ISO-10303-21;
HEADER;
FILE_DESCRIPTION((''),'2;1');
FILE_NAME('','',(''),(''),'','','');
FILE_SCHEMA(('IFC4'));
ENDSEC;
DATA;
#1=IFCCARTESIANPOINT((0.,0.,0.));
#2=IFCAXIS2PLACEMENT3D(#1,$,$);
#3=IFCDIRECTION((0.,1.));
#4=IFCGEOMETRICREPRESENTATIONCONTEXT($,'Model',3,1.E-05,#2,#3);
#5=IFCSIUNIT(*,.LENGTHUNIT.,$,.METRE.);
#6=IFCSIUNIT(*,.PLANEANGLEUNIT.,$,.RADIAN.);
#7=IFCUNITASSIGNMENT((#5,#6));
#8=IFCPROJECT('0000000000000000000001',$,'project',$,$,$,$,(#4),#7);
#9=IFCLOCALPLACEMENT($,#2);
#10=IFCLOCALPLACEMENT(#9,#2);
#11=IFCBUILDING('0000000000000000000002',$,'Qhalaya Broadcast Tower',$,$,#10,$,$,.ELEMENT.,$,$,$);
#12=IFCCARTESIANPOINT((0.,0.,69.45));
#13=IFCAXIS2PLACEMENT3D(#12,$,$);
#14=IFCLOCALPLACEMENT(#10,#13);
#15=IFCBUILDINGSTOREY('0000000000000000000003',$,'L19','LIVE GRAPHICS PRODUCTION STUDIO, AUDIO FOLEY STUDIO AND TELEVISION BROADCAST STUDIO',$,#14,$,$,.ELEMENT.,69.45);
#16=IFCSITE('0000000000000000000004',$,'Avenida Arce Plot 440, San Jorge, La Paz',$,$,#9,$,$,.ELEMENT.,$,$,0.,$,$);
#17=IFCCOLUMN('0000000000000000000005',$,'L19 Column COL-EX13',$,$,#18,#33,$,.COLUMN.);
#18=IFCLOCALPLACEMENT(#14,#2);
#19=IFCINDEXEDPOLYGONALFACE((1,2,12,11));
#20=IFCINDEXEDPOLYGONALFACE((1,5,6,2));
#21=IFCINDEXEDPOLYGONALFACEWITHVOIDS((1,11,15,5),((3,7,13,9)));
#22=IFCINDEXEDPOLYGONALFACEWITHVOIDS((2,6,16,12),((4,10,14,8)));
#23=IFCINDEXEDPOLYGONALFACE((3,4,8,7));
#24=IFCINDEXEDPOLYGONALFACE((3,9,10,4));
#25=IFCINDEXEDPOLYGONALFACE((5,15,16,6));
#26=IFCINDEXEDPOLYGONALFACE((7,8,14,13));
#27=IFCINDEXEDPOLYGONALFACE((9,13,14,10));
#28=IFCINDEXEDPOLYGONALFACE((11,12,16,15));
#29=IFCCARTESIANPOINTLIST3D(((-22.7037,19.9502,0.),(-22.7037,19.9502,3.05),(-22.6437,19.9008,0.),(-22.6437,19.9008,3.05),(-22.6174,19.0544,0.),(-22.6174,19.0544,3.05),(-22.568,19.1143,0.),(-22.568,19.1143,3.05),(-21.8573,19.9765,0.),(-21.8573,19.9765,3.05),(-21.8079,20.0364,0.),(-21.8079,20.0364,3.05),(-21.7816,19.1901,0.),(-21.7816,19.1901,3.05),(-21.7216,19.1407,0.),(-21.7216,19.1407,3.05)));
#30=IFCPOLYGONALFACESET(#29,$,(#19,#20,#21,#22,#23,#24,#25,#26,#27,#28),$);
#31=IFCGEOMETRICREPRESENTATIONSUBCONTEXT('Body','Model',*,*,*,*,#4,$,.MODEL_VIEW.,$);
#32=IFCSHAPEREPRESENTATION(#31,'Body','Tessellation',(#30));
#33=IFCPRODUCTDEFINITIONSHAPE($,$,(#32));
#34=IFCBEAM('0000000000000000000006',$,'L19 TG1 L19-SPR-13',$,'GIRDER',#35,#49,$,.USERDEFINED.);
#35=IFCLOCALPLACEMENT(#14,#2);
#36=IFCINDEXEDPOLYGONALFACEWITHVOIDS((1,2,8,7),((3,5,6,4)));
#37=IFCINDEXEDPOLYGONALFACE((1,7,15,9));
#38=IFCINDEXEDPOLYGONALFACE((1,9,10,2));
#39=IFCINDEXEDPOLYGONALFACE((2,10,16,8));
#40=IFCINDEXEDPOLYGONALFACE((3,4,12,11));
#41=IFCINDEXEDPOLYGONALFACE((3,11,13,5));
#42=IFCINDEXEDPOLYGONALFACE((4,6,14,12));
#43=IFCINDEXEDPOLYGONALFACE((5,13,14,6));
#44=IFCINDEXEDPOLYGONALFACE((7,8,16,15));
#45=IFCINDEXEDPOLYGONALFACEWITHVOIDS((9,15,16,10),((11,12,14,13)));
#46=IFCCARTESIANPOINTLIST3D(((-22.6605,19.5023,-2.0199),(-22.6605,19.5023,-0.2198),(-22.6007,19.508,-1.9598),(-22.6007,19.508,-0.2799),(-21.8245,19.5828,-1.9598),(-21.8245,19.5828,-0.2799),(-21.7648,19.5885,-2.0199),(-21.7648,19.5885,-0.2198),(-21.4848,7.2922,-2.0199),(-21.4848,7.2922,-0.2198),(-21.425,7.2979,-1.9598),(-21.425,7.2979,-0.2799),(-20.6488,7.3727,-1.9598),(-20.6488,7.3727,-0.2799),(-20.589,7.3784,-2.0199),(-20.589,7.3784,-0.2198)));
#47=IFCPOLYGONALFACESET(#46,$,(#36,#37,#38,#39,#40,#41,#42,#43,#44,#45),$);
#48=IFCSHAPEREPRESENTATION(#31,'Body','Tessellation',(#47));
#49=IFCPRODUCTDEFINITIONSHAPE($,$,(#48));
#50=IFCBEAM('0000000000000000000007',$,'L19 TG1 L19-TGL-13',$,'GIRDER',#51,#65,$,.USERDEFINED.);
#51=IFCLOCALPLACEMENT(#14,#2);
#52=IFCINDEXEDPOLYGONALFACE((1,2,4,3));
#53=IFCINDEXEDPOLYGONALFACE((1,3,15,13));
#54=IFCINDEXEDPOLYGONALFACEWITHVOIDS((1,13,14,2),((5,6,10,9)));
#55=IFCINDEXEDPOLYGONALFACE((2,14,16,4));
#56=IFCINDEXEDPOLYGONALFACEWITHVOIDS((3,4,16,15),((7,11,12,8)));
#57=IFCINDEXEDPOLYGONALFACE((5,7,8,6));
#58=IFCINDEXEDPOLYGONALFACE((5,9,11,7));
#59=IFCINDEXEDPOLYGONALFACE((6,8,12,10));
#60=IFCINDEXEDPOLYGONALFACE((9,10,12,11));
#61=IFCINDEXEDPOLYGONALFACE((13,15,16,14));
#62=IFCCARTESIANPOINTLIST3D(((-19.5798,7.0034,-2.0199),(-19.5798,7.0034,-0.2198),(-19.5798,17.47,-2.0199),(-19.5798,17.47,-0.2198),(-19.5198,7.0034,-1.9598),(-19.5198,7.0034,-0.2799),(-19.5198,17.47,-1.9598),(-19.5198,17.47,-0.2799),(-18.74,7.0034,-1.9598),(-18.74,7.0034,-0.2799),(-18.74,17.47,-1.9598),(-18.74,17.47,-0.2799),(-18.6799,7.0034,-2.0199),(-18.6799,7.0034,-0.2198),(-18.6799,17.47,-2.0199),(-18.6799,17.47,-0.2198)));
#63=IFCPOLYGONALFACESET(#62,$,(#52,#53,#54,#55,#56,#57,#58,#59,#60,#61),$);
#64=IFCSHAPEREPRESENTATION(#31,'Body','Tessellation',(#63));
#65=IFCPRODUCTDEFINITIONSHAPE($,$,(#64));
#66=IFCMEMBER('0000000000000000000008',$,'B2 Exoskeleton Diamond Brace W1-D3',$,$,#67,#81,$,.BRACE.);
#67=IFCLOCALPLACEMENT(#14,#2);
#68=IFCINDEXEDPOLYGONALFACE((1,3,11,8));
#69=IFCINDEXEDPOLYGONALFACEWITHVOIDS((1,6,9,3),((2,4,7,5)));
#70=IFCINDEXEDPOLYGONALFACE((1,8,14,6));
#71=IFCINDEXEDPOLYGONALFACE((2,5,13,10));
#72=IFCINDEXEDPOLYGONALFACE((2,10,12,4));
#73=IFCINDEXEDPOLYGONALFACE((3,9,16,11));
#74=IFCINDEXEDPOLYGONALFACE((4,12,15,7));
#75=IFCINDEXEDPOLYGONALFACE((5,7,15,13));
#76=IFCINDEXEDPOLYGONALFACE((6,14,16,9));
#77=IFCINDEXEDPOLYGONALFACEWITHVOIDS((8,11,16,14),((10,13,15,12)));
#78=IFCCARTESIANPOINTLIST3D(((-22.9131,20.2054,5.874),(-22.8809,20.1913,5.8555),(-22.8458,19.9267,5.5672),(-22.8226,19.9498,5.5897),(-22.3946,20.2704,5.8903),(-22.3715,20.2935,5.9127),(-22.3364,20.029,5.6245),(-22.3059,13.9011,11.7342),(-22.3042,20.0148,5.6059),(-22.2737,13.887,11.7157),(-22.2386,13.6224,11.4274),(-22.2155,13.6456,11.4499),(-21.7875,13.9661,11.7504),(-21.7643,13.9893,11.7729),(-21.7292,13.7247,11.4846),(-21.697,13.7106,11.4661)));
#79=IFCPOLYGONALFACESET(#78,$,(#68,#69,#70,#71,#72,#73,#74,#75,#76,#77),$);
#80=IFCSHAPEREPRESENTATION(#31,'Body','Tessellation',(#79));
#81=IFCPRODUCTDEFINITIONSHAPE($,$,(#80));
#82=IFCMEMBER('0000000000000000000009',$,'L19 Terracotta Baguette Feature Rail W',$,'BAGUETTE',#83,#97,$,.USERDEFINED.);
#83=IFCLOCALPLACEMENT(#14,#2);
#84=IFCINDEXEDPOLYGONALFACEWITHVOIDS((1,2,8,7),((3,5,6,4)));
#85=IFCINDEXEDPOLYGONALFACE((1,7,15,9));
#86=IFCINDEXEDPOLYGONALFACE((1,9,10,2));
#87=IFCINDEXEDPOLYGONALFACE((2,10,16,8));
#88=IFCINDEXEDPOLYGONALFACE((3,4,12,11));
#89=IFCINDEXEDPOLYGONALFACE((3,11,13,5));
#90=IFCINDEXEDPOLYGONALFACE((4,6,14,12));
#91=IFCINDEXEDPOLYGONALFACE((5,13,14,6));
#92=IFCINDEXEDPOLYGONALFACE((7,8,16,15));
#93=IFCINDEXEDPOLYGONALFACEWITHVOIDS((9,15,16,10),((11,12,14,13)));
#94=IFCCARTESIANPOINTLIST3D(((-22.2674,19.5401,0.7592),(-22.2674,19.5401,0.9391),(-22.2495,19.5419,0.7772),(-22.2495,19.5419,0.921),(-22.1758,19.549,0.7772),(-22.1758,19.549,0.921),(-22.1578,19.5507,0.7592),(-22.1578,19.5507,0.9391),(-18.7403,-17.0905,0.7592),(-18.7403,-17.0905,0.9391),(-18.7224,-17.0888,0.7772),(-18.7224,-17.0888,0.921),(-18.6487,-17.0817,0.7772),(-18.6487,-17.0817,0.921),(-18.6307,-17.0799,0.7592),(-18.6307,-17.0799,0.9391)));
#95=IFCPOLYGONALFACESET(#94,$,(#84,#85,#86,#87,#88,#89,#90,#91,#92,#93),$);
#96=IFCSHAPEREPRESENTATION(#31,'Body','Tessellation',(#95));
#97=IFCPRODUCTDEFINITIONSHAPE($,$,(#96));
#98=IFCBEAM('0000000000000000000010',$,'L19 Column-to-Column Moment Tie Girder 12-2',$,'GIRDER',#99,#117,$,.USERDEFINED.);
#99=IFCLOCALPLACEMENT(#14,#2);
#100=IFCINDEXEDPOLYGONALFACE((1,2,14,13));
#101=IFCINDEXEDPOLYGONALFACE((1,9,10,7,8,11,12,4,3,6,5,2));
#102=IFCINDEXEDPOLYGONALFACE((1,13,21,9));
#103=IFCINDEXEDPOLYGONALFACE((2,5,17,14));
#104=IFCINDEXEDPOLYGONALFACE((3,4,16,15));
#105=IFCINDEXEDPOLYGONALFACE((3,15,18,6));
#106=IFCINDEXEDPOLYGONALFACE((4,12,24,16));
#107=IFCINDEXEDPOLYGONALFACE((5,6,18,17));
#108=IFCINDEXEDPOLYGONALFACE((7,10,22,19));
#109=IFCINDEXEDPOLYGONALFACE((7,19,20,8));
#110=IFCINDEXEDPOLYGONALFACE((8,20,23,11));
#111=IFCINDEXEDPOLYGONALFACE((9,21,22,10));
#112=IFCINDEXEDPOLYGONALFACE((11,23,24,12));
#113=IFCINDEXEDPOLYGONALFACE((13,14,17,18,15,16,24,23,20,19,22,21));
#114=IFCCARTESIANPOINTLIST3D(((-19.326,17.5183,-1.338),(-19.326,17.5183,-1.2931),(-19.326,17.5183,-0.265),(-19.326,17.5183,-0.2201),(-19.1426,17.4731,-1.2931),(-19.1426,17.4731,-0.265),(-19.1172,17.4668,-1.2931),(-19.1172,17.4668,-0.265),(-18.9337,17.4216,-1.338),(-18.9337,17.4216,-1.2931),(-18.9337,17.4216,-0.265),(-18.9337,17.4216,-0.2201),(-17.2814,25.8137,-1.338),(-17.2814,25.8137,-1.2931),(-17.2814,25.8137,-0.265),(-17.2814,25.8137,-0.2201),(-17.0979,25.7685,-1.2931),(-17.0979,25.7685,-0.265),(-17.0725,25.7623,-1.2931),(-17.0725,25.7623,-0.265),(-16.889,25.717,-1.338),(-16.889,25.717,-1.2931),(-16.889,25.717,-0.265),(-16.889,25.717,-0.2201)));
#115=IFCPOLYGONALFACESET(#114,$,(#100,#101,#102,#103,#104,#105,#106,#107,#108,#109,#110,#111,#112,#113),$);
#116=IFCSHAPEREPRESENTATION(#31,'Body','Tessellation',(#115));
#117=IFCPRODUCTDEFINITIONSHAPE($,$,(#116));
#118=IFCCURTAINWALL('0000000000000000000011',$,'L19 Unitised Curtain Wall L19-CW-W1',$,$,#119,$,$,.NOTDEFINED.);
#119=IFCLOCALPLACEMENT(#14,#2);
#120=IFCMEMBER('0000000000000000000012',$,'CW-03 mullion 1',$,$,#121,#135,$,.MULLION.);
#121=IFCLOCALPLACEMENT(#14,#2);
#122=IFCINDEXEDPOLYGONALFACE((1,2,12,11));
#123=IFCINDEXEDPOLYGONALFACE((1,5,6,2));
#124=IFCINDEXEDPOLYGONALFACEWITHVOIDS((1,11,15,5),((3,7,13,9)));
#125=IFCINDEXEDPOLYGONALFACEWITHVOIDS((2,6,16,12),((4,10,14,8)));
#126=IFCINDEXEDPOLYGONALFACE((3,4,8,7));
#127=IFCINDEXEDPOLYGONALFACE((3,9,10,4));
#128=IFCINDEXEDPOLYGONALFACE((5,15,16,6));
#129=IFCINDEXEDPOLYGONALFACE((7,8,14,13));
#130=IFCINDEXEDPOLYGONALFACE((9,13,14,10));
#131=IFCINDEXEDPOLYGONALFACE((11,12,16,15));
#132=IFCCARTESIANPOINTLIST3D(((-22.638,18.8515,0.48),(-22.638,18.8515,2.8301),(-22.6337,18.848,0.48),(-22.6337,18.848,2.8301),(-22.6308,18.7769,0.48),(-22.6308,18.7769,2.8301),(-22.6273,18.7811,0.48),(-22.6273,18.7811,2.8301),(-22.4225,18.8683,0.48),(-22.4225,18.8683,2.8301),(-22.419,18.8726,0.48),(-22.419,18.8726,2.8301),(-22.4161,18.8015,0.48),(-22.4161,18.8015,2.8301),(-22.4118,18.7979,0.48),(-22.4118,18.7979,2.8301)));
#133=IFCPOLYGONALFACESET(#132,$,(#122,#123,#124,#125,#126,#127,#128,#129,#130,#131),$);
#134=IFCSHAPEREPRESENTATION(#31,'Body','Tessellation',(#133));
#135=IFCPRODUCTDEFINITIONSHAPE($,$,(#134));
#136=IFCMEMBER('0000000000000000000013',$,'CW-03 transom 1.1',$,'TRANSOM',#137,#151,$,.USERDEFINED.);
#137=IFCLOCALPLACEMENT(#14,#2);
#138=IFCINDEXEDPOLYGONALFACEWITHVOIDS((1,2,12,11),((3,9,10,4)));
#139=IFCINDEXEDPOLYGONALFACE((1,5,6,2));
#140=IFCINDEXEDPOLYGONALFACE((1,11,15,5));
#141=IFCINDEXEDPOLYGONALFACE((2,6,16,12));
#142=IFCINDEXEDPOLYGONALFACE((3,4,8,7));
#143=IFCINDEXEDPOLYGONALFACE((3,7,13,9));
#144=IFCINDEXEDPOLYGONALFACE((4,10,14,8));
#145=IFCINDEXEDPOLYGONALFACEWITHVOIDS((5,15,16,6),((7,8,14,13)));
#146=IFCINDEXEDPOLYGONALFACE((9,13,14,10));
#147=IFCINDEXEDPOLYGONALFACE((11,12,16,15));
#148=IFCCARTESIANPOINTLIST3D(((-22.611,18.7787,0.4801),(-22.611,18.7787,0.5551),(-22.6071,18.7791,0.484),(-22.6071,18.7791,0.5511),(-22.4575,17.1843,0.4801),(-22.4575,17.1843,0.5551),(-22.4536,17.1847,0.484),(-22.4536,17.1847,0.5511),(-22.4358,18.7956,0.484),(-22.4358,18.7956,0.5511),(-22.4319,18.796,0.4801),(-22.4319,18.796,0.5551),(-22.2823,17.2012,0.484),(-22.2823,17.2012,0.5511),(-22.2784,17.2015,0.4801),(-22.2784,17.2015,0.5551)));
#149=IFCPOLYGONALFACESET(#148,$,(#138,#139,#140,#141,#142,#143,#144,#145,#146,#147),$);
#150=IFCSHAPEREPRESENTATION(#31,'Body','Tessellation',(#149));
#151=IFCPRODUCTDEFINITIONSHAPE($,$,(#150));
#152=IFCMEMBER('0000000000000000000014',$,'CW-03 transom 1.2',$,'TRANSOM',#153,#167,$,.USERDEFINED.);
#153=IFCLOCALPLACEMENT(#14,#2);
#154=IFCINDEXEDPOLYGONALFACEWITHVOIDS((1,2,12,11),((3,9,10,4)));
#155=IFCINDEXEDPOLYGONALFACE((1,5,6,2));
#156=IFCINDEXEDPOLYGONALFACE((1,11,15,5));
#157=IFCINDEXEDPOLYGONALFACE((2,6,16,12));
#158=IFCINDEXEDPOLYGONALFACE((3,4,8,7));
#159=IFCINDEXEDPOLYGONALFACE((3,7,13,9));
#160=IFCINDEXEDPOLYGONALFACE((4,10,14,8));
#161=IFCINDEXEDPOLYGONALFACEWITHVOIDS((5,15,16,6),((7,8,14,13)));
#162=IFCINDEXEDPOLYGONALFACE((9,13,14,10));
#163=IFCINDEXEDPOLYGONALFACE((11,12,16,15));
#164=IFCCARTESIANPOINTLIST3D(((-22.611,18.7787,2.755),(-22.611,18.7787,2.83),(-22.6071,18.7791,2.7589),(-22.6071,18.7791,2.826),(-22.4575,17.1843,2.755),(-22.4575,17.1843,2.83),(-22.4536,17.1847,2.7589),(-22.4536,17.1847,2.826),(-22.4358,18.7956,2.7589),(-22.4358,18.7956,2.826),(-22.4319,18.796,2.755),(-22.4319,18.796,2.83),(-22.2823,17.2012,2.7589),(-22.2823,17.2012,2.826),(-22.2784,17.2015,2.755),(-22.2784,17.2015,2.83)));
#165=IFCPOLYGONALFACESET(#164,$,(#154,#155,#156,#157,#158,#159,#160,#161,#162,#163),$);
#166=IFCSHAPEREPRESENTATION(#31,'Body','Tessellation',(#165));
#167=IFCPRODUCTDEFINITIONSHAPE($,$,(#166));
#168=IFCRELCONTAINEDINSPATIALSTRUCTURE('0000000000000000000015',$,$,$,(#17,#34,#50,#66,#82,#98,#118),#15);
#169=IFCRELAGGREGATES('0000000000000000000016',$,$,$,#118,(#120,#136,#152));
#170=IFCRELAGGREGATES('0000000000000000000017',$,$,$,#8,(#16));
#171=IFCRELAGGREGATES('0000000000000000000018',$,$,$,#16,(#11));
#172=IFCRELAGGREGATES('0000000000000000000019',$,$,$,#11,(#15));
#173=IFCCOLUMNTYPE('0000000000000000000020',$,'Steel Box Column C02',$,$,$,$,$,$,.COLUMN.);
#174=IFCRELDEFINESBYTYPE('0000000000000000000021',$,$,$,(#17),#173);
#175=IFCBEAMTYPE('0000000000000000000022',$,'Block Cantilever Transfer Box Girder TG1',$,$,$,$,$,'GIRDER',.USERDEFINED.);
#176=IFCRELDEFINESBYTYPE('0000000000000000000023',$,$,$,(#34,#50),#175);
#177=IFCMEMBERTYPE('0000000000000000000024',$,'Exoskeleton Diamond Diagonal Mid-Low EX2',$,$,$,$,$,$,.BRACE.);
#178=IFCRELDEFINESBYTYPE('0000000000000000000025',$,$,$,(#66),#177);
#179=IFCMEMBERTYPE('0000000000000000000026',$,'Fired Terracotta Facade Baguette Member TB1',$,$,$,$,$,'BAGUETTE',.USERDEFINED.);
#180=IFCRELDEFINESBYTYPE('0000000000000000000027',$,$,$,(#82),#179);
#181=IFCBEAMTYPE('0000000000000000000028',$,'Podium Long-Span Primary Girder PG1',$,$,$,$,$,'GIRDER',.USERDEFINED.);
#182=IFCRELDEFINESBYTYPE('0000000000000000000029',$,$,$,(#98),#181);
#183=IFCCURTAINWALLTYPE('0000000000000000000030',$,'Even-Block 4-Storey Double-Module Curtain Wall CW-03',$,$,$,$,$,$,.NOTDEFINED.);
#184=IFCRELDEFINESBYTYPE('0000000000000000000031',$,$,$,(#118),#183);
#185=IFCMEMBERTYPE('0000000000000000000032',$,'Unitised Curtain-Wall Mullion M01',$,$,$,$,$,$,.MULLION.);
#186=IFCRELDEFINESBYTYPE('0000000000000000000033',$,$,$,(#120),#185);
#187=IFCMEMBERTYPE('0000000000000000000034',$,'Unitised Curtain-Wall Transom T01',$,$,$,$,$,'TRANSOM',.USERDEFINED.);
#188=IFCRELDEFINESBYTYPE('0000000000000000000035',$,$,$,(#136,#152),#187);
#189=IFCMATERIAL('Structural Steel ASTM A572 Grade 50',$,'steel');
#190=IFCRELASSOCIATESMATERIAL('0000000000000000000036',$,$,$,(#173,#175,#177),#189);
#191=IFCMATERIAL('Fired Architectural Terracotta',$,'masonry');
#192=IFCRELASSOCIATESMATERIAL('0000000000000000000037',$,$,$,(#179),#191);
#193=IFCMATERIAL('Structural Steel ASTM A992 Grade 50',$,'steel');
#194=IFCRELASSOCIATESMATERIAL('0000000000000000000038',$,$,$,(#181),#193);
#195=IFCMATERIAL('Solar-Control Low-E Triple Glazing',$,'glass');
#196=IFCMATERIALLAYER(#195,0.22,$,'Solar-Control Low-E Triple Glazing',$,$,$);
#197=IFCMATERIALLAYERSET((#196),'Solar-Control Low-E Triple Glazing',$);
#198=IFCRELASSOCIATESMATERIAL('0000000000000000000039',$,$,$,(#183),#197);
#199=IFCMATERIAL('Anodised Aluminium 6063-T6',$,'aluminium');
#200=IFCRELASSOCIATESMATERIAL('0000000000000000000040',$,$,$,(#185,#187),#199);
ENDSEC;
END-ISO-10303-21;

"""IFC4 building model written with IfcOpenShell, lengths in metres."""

from ifc_helpers import new_model, si_unit, direction, frame, origin, origin_2d, place, context, subcontext, project, spatial, hollow_rectangle, i_section, extrude, material, layer, layer_set, material_profile, profile_set, type_object, element, aggregate, save


model = new_model("IFC4")

# Units and contexts
model_context = context("Model", 3, precision=1e-05, world=origin(), true_north=direction((0.0, 1.0)))
body_context = subcontext(model_context, "Body", "Model", "MODEL_VIEW")
ifc_project = project(units=[si_unit("LENGTHUNIT", "METRE"), si_unit("PLANEANGLEUNIT", "RADIAN")], contexts=[model_context])

# Site, building, storey
site_placement = place(None, origin())
site = spatial("IfcSite", under=ifc_project, at=site_placement, Name="Avenida Arce Plot 440, San Jorge, La Paz", CompositionType="ELEMENT", RefElevation=0.0)
building_placement = place(site_placement, origin())
building = spatial("IfcBuilding", under=site, at=building_placement, Name="Qhalaya Broadcast Tower", CompositionType="ELEMENT")
storey_placement = place(building_placement, frame((0.0, 0.0, 69.45)))
storey = spatial("IfcBuildingStorey", under=building, at=storey_placement, Name="L19", Description="LIVE GRAPHICS PRODUCTION STUDIO, AUDIO FOLEY STUDIO AND TELEVISION BROADCAST STUDIO", CompositionType="ELEMENT", Elevation=69.45)

# Column
ifc_material_1 = material(Name="Structural Steel ASTM A572 Grade 50", Category="steel")
ifc_material_profile_1 = material_profile(ifc_material_1, hollow_rectangle(XDim=0.8999, YDim=0.8999, WallThickness=0.0549, at=origin_2d()), Name="BOX 900x900x55")
ifc_profile_set_1 = profile_set([ifc_material_profile_1], Name="Structural Steel ASTM A572 Grade 50")
column_type = type_object("IfcColumnType", Name="Steel Box Column C02", PredefinedType="COLUMN", material=ifc_profile_set_1)
column_placement = place(storey_placement, frame((-22.2126, 19.5454, 0.0), z_axis=(0.0, 0.0, 1.0), x_axis=(-0.095846, 0.995396, 0.0)))
element("IfcColumn", 1, at=column_placement, inside=storey, type_object=column_type, Name="L19 Column COL-EX13", PredefinedType="COLUMN", context=body_context, shape_type="SweptSolid", body=[
    extrude(hollow_rectangle(XDim=0.8999, YDim=0.8999, WallThickness=0.0549, at=origin_2d()), origin(), (0.0, 0.0, 1.0), 3.05),
])

# Beams
ifc_material_profile_2 = material_profile(ifc_material_1, hollow_rectangle(XDim=0.8999, YDim=1.8, WallThickness=0.0601, at=origin_2d()), Name="BOX 900x1800x60")
ifc_profile_set_2 = profile_set([ifc_material_profile_2], Name="Structural Steel ASTM A572 Grade 50")
beam_type_1 = type_object("IfcBeamType", Name="Block Cantilever Transfer Box Girder TG1", ElementType="GIRDER", PredefinedType="USERDEFINED", material=ifc_profile_set_2)
beam_1_placement = place(storey_placement, frame((-22.2126, 19.5454, -1.1199), z_axis=(0.095852, -0.995396, 0.0), x_axis=(0.995396, 0.095852, 0.0)))
element("IfcBeam", 2, at=beam_1_placement, inside=storey, type_object=beam_type_1, Name="L19 TG1 L19-SPR-13", ObjectType="GIRDER", PredefinedType="USERDEFINED", context=body_context, shape_type="SweptSolid", body=[
    extrude(hollow_rectangle(XDim=0.8999, YDim=1.8, WallThickness=0.0601, at=origin_2d()), origin(), (0.0, 0.0, 1.0), 12.2666),
])
beam_2_placement = place(storey_placement, frame((-19.1299, 17.47, -1.1199), z_axis=(0.0, -1.0, 0.0), x_axis=(1.0, 0.0, 0.0)))
element("IfcBeam", 3, at=beam_2_placement, inside=storey, type_object=beam_type_1, Name="L19 TG1 L19-TGL-13", ObjectType="GIRDER", PredefinedType="USERDEFINED", context=body_context, shape_type="SweptSolid", body=[
    extrude(hollow_rectangle(XDim=0.8999, YDim=1.8, WallThickness=0.0601, at=origin_2d()), origin(), (0.0, 0.0, 1.0), 10.4666),
])

# Members
ifc_material_profile_3 = material_profile(ifc_material_1, hollow_rectangle(XDim=0.4199, YDim=0.55, WallThickness=0.0281, at=origin_2d()), Name="BOX 420x550x28")
ifc_profile_set_3 = profile_set([ifc_material_profile_3], Name="Structural Steel ASTM A572 Grade 50")
member_type_1 = type_object("IfcMemberType", Name="Exoskeleton Diamond Diagonal Mid-Low EX2", PredefinedType="BRACE", material=ifc_profile_set_3)
member_1_placement = place(storey_placement, frame((-22.6086, 20.1101, 5.74), z_axis=(0.070368, -0.730618, 0.679151), x_axis=(-0.160214, 0.663721, 0.73062)))
element("IfcMember", 4, at=member_1_placement, inside=storey, type_object=member_type_1, Name="B2 Exoskeleton Diamond Brace W1-D3", PredefinedType="BRACE", context=body_context, shape_type="SweptSolid", body=[
    extrude(hollow_rectangle(XDim=0.4199, YDim=0.55, WallThickness=0.0281, at=origin_2d()), origin(), (0.0, 0.0, 1.0), 8.6287),
])
ifc_material_2 = material(Name="Fired Architectural Terracotta", Category="masonry")
ifc_material_profile_4 = material_profile(ifc_material_2, hollow_rectangle(XDim=0.1101, YDim=0.1799, WallThickness=0.0181, at=origin_2d()), Name="TB-BAG 110x180x18")
ifc_profile_set_4 = profile_set([ifc_material_profile_4], Name="Fired Architectural Terracotta")
member_type_2 = type_object("IfcMemberType", Name="Fired Terracotta Facade Baguette Member TB1", ElementType="BAGUETTE", PredefinedType="USERDEFINED", material=ifc_profile_set_4)
member_2_placement = place(storey_placement, frame((-22.2126, 19.5454, 0.8491), z_axis=(0.095845, -0.995396, 0.0), x_axis=(0.995396, 0.095845, 0.0)))
element("IfcMember", 5, at=member_2_placement, inside=storey, type_object=member_type_2, Name="L19 Terracotta Baguette Feature Rail W", ObjectType="BAGUETTE", PredefinedType="USERDEFINED", context=body_context, shape_type="SweptSolid", body=[
    extrude(hollow_rectangle(XDim=0.1101, YDim=0.1799, WallThickness=0.0181, at=origin_2d()), origin(), (0.0, 0.0, 1.0), 36.8),
])

# Beam
ifc_material_3 = material(Name="Structural Steel ASTM A992 Grade 50", Category="steel")
ifc_material_profile_5 = material_profile(ifc_material_3, i_section(OverallWidth=0.4041, OverallDepth=1.1179, WebThickness=0.0261, FlangeThickness=0.0449, at=origin_2d()), Name="W44X335")
ifc_profile_set_5 = profile_set([ifc_material_profile_5], Name="Structural Steel ASTM A992 Grade 50")
beam_type_2 = type_object("IfcBeamType", Name="Podium Long-Span Primary Girder PG1", ElementType="GIRDER", PredefinedType="USERDEFINED", material=ifc_profile_set_5)
beam_3_placement = place(storey_placement, frame((-19.1299, 17.47, -0.7791), z_axis=(0.23932, 0.970941, 0.0), x_axis=(-0.970941, 0.23932, 0.0)))
element("IfcBeam", 6, at=beam_3_placement, inside=storey, type_object=beam_type_2, Name="L19 Column-to-Column Moment Tie Girder 12-2", ObjectType="GIRDER", PredefinedType="USERDEFINED", context=body_context, shape_type="SweptSolid", body=[
    extrude(i_section(OverallWidth=0.4041, OverallDepth=1.1179, WebThickness=0.0261, FlangeThickness=0.0449, at=origin_2d()), origin(), (0.0, 0.0, 1.0), 8.5437),
])

# Curtain wall, members
ifc_material_4 = material(Name="Solar-Control Low-E Triple Glazing", Category="glass")
ifc_layer_1 = layer(ifc_material_4, 0.22, Name="Solar-Control Low-E Triple Glazing")
ifc_layer_set_1 = layer_set([ifc_layer_1], Name="Solar-Control Low-E Triple Glazing")
curtain_wall_type = type_object("IfcCurtainWallType", Name="Even-Block 4-Storey Double-Module Curtain Wall CW-03", PredefinedType="NOTDEFINED", material=ifc_layer_set_1)
curtain_wall_placement = place(storey_placement, origin())
curtain_wall = element("IfcCurtainWall", 7, at=curtain_wall_placement, inside=storey, type_object=curtain_wall_type, Name="L19 Unitised Curtain Wall L19-CW-W1", PredefinedType="NOTDEFINED")
ifc_material_5 = material(Name="Anodised Aluminium 6063-T6", Category="aluminium")
ifc_material_profile_6 = material_profile(ifc_material_5, hollow_rectangle(XDim=0.075, YDim=0.22, WallThickness=0.0039, at=origin_2d()), Name="ALU-MUL 75x220x4")
ifc_profile_set_6 = profile_set([ifc_material_profile_6], Name="Anodised Aluminium 6063-T6")
member_type_3 = type_object("IfcMemberType", Name="Unitised Curtain-Wall Mullion M01", PredefinedType="MULLION", material=ifc_profile_set_6)
member_3_placement = place(storey_placement, frame((-22.5249, 18.8247, 0.48), z_axis=(0.0, 0.0, 1.0), x_axis=(0.095835, -0.995397, 0.0)))
member_3 = element("IfcMember", 8, at=member_3_placement, type_object=member_type_3, Name="CW-03 mullion 1", PredefinedType="MULLION", context=body_context, shape_type="SweptSolid", body=[
    extrude(hollow_rectangle(XDim=0.075, YDim=0.22, WallThickness=0.0039, at=origin_2d()), origin(), (0.0, 0.0, 1.0), 2.3501),
])
ifc_material_profile_7 = material_profile(ifc_material_5, hollow_rectangle(XDim=0.075, YDim=0.1799, WallThickness=0.0039, at=origin_2d()), Name="ALU-TRN 75x180x4")
ifc_profile_set_7 = profile_set([ifc_material_profile_7], Name="Anodised Aluminium 6063-T6")
member_type_4 = type_object("IfcMemberType", Name="Unitised Curtain-Wall Transom T01", ElementType="TRANSOM", PredefinedType="USERDEFINED", material=ifc_profile_set_7)
member_4_placement = place(storey_placement, frame((-22.5215, 18.7874, 0.5176), z_axis=(0.095866, -0.995394, 0.0), x_axis=(0.0, 0.0, 1.0)))
member_4 = element("IfcMember", 9, at=member_4_placement, type_object=member_type_4, Name="CW-03 transom 1.1", ObjectType="TRANSOM", PredefinedType="USERDEFINED", context=body_context, shape_type="SweptSolid", body=[
    extrude(hollow_rectangle(XDim=0.075, YDim=0.1799, WallThickness=0.0039, at=origin_2d()), origin(), (0.0, 0.0, 1.0), 1.6018),
])
member_5_placement = place(storey_placement, frame((-22.5215, 18.7874, 2.7925), z_axis=(0.095866, -0.995394, 0.0), x_axis=(0.0, 0.0, 1.0)))
member_5 = element("IfcMember", 10, at=member_5_placement, type_object=member_type_4, Name="CW-03 transom 1.2", ObjectType="TRANSOM", PredefinedType="USERDEFINED", context=body_context, shape_type="SweptSolid", body=[
    extrude(hollow_rectangle(XDim=0.075, YDim=0.1799, WallThickness=0.0039, at=origin_2d()), origin(), (0.0, 0.0, 1.0), 1.6018),
])

aggregate(curtain_wall, [member_3, member_4, member_5])

save(model, "model.ifc")
